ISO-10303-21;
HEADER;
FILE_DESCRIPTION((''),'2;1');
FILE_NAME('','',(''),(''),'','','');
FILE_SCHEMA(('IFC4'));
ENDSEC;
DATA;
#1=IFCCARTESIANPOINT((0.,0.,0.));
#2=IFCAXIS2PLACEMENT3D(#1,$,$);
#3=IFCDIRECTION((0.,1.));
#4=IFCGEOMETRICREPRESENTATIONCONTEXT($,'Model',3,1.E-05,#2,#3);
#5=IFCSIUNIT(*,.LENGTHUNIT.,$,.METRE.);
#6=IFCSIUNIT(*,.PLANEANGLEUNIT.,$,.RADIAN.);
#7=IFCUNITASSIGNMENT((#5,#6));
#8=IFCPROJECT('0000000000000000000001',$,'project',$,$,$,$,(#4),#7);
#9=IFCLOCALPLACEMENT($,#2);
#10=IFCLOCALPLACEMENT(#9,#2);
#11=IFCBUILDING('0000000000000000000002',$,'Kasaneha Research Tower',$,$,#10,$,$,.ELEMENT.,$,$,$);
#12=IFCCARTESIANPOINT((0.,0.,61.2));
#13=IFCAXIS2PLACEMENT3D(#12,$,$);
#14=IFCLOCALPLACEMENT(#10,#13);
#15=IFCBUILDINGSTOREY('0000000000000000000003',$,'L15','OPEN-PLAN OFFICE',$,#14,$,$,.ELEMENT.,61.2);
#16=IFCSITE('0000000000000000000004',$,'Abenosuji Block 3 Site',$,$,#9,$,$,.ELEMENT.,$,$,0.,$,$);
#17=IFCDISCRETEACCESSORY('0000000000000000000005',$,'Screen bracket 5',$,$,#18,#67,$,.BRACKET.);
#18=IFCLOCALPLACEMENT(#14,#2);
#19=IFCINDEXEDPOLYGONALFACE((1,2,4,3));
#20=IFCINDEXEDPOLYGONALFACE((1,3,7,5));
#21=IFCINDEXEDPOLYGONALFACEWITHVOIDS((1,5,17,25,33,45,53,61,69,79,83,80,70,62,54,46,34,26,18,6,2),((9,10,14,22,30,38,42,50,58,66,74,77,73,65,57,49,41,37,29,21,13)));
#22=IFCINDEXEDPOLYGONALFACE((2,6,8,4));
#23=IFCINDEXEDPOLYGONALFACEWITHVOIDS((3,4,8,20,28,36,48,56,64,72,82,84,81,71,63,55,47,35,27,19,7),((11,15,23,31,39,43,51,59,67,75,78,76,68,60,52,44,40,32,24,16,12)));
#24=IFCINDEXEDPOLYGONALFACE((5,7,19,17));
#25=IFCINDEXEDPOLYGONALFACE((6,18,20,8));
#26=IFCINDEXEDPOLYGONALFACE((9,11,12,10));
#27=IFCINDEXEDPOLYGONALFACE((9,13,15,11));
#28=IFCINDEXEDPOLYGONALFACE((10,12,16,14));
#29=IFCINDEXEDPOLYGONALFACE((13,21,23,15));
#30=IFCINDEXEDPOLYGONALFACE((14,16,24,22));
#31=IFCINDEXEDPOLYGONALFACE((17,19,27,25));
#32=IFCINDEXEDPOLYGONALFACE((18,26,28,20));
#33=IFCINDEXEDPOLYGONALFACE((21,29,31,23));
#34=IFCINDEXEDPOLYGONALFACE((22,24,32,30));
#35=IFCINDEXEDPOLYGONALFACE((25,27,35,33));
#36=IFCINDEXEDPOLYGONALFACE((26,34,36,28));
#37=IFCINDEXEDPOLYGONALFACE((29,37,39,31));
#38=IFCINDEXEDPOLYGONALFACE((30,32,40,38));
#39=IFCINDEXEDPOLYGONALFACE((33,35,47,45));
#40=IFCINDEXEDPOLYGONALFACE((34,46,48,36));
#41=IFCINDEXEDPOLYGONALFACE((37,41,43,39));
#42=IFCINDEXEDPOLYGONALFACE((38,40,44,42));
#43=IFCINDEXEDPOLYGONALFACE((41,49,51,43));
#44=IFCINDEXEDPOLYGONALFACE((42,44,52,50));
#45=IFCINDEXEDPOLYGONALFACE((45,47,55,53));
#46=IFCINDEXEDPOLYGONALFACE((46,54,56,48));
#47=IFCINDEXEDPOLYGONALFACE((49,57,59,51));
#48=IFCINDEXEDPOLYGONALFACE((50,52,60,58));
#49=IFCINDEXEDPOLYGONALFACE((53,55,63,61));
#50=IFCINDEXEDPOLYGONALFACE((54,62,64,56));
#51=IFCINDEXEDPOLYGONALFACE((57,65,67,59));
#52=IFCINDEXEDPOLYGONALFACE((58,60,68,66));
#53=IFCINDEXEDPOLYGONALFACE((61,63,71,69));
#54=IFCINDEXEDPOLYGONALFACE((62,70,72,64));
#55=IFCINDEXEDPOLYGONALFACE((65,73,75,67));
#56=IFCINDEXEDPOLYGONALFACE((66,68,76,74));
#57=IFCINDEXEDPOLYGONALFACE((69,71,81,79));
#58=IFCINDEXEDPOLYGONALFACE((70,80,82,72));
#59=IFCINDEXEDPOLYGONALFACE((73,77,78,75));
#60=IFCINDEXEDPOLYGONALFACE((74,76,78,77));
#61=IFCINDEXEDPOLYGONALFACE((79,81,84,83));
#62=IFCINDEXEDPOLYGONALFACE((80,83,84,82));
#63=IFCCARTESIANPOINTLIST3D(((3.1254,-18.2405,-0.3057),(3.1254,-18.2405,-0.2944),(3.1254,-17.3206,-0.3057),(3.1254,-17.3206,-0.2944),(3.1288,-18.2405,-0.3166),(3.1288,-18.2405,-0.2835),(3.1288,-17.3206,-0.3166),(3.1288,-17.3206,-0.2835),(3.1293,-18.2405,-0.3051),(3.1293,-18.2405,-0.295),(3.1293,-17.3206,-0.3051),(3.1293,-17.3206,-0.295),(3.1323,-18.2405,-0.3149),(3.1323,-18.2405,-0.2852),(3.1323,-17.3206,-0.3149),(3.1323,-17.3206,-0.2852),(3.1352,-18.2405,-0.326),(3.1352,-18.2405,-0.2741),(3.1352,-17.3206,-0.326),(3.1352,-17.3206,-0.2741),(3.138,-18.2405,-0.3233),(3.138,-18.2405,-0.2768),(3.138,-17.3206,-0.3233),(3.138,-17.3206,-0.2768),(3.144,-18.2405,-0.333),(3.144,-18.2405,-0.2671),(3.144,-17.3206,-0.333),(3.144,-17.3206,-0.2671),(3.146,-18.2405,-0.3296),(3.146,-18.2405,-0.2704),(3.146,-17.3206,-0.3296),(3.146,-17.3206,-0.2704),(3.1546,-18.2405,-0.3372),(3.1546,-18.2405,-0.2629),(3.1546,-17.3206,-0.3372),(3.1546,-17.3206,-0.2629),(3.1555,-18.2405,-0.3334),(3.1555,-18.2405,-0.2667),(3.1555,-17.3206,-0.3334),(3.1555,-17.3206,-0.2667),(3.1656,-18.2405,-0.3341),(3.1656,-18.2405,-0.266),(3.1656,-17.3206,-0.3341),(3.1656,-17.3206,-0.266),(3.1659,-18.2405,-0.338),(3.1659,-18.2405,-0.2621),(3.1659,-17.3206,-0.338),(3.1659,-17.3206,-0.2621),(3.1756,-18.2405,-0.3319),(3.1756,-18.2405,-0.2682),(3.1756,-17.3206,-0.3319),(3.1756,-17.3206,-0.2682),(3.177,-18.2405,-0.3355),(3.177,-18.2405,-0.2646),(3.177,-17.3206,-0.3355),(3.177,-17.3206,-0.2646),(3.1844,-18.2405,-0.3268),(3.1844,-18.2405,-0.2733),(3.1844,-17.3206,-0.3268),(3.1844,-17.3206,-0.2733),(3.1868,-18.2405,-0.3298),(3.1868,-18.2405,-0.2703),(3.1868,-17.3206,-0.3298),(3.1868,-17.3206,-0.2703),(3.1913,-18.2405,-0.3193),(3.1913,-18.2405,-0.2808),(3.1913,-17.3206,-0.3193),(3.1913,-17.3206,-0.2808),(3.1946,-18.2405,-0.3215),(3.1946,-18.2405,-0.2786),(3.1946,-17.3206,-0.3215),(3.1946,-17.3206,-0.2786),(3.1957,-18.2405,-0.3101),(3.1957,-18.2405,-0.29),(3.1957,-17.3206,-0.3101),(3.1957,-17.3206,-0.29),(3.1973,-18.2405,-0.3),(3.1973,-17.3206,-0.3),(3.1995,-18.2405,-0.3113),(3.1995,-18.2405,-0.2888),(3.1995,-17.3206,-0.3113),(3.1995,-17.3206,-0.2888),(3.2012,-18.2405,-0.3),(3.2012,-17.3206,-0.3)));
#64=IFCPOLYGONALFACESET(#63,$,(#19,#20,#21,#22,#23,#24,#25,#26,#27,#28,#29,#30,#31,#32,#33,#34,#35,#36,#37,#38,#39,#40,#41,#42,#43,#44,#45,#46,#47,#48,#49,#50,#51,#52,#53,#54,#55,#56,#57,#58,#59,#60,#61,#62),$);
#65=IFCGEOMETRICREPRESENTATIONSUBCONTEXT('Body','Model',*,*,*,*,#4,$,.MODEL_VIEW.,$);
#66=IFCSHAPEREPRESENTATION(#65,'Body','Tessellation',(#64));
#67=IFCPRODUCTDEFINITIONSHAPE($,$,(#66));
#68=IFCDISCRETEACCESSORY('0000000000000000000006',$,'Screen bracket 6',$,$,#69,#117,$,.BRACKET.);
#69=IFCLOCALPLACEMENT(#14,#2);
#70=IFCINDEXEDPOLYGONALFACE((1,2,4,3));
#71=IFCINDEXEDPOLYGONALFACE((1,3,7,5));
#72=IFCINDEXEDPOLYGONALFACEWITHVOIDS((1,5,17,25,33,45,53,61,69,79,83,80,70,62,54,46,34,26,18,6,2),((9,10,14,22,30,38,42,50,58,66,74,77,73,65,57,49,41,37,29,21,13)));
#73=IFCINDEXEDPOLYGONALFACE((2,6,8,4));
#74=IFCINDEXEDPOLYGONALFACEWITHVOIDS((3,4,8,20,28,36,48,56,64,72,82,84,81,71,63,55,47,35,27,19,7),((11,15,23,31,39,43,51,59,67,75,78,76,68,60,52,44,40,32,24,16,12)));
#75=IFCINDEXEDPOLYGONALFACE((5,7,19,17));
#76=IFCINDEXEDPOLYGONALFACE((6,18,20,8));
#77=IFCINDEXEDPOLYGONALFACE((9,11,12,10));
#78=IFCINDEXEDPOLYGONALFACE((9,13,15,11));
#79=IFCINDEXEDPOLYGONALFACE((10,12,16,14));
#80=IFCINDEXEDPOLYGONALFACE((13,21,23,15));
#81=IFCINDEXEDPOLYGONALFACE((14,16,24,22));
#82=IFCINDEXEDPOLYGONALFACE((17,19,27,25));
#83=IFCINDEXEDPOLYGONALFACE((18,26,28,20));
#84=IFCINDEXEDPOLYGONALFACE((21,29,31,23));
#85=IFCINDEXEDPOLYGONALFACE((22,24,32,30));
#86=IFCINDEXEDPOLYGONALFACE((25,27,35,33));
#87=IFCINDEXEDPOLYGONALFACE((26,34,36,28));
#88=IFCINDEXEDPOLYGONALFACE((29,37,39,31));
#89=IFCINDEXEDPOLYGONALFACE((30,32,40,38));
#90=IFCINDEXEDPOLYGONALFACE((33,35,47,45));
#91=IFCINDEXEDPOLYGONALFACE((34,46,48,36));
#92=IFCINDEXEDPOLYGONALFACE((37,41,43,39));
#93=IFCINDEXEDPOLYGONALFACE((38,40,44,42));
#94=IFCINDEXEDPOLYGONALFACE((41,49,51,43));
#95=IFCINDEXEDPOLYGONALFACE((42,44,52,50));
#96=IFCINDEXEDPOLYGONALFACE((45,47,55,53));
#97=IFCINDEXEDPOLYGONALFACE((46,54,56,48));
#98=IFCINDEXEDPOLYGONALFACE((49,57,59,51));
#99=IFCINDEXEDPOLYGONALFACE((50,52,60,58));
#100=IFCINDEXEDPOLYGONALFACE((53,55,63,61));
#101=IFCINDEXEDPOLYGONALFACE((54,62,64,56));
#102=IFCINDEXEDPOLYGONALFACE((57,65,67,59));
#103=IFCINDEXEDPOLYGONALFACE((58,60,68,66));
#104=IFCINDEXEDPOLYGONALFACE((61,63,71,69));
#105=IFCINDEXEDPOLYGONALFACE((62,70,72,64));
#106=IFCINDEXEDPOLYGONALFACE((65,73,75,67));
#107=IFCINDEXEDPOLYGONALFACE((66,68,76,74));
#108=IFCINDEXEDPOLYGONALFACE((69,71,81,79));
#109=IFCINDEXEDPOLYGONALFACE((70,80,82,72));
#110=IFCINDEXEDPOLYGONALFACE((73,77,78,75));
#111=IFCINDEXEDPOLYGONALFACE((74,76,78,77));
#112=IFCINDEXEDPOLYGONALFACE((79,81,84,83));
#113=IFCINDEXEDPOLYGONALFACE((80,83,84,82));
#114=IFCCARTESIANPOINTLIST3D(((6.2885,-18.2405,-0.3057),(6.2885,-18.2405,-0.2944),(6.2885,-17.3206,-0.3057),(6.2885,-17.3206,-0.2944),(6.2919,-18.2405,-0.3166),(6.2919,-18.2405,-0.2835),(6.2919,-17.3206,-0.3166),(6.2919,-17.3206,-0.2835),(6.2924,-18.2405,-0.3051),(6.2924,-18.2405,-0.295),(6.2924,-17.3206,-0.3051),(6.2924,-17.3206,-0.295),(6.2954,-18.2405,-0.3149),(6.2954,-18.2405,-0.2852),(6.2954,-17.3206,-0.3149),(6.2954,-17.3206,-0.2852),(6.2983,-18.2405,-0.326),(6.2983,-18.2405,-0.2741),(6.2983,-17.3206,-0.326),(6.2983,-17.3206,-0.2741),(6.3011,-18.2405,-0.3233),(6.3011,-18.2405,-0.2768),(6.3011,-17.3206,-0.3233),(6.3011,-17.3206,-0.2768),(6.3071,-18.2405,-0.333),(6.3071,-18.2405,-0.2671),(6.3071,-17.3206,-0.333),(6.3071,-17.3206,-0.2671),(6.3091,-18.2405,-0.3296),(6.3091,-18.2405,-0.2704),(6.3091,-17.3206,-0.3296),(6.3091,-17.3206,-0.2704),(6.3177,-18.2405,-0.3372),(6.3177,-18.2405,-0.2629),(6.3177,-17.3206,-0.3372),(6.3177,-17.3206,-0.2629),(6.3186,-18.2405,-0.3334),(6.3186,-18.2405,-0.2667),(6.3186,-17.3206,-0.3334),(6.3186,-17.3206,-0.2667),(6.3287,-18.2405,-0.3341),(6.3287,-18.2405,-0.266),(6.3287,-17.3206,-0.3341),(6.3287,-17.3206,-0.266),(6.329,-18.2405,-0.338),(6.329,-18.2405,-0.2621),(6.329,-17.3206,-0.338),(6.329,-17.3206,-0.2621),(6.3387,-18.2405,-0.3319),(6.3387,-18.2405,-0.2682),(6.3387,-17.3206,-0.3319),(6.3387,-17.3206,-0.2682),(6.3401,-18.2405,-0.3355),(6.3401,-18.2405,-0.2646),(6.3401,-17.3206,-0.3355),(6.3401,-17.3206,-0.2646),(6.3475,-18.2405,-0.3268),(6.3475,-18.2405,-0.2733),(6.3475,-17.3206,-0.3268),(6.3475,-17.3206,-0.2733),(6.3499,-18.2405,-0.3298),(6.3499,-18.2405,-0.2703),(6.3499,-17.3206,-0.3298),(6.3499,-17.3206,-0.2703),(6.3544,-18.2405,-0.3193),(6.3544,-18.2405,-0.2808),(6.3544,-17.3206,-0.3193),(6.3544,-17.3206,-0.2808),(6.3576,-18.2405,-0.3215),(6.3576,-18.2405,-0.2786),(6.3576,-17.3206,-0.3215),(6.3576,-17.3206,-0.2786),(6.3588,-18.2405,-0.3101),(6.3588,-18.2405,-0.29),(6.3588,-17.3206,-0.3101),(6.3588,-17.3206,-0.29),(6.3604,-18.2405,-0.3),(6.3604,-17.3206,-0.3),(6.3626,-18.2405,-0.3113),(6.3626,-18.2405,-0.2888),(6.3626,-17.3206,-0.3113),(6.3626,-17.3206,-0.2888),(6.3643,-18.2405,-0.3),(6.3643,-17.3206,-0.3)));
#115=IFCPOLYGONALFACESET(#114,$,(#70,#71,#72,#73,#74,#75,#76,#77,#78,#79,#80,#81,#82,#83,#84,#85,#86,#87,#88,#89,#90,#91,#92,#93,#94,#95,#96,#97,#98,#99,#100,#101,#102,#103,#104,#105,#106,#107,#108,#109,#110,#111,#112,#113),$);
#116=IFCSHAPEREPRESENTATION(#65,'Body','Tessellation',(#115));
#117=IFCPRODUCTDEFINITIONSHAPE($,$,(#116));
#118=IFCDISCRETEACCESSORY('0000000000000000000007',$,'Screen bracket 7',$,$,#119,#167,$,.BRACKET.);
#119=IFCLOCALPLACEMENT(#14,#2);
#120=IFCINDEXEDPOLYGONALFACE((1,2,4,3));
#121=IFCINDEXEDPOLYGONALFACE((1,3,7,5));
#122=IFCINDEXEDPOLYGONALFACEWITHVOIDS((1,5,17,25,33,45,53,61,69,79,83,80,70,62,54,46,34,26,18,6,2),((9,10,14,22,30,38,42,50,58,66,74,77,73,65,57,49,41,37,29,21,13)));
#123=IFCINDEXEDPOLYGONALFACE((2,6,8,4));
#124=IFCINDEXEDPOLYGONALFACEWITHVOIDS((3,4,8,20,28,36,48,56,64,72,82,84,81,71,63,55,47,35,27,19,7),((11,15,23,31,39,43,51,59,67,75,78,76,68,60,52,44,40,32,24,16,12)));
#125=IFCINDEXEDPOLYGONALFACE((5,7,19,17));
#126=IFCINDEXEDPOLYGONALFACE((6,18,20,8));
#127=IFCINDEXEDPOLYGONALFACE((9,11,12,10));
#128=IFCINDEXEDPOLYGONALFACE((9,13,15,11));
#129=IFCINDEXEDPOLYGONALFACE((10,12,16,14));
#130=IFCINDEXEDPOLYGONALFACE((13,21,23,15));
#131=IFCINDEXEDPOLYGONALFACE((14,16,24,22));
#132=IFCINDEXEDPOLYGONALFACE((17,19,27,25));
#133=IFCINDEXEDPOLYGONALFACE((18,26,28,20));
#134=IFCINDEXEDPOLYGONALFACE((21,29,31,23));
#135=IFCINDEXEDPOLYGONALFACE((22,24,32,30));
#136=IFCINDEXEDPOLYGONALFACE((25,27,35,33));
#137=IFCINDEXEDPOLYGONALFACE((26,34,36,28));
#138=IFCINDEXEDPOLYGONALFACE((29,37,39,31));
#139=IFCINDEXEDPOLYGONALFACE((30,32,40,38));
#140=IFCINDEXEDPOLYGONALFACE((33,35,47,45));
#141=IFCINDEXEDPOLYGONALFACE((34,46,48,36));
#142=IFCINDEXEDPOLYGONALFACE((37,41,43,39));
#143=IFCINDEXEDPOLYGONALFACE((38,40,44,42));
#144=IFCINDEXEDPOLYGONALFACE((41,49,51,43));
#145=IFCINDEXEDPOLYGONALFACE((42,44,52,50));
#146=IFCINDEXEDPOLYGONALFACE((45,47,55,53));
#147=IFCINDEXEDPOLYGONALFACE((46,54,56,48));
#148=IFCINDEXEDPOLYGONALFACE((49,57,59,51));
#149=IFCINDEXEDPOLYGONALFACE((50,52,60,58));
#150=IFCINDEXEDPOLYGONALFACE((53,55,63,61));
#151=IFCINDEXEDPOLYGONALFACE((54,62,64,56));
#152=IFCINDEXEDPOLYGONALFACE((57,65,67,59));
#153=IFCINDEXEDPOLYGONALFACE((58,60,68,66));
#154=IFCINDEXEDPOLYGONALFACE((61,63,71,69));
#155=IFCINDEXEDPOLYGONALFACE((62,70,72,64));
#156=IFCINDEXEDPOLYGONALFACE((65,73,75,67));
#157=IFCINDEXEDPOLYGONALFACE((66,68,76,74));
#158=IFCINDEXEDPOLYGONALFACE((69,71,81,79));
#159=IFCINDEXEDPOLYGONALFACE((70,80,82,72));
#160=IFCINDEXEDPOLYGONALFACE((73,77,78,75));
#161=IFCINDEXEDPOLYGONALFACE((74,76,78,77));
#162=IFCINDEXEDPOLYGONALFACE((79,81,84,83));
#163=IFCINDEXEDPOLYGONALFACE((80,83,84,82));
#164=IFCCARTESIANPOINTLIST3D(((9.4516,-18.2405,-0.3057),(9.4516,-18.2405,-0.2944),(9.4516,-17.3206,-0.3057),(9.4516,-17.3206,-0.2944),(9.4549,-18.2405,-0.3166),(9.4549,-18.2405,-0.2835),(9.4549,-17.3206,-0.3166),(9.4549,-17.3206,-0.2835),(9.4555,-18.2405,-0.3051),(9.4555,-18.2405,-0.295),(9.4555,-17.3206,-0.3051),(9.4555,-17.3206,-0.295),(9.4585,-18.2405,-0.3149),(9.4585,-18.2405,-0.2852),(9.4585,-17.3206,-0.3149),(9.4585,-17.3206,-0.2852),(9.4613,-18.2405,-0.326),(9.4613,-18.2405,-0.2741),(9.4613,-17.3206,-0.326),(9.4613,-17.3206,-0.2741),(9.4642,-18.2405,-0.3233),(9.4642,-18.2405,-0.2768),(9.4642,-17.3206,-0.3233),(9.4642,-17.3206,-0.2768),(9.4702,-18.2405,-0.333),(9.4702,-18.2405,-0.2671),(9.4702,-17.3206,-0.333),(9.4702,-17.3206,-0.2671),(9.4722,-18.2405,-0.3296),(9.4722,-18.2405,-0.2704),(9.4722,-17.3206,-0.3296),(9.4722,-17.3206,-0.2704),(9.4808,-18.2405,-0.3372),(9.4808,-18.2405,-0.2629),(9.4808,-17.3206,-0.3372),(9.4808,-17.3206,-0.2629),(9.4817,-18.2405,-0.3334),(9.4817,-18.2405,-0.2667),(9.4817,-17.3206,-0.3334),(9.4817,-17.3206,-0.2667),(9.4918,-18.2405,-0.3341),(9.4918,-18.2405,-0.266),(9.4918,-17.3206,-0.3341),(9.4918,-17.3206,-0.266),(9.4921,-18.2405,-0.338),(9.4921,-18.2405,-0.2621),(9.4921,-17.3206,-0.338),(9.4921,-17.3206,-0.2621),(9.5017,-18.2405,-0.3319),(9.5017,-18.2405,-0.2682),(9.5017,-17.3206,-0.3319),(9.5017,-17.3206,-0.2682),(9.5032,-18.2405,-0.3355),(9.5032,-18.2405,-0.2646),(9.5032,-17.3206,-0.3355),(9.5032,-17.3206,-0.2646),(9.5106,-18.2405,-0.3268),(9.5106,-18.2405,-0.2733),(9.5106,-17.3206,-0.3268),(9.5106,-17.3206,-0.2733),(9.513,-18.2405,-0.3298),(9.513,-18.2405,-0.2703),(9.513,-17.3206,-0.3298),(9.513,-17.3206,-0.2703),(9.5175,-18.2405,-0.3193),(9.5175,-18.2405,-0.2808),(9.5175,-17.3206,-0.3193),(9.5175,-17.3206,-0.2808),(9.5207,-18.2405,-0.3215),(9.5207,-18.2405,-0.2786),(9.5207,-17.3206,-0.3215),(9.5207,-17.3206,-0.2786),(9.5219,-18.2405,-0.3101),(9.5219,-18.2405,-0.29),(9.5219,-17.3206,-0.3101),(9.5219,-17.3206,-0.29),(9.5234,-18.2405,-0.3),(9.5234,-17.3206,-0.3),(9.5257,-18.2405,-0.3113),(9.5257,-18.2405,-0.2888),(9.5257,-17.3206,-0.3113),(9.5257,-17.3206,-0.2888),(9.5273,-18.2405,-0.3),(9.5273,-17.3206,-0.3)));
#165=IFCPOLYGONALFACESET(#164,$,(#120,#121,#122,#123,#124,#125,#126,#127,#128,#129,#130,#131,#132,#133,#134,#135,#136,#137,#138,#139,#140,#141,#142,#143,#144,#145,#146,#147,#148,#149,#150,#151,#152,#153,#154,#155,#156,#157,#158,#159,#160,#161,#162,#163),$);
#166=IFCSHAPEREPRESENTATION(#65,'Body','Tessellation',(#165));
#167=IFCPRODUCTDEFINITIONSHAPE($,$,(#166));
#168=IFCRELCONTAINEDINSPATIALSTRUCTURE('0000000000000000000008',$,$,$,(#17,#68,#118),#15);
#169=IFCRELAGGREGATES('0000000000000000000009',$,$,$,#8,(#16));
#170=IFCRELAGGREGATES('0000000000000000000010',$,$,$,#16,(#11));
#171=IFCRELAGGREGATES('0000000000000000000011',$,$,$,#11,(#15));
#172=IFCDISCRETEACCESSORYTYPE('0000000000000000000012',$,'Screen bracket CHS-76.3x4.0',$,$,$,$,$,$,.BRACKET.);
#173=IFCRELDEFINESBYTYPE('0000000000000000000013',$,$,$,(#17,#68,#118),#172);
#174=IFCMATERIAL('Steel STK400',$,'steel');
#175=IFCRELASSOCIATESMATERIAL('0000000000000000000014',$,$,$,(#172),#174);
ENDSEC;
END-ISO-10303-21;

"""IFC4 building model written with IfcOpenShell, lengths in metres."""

from ifc_helpers import new_model, si_unit, direction, frame, origin, origin_2d, place, context, subcontext, project, spatial, hollow_circle, extrude, material, material_profile, profile_set, type_object, element, save


model = new_model("IFC4")

# Units and contexts
model_context = context("Model", 3, precision=1e-05, world=origin(), true_north=direction((0.0, 1.0)))
body_context = subcontext(model_context, "Body", "Model", "MODEL_VIEW")
ifc_project = project(units=[si_unit("LENGTHUNIT", "METRE"), si_unit("PLANEANGLEUNIT", "RADIAN")], contexts=[model_context])

# Site, building, storey
site_placement = place(None, origin())
site = spatial("IfcSite", under=ifc_project, at=site_placement, Name="Abenosuji Block 3 Site", CompositionType="ELEMENT", RefElevation=0.0)
building_placement = place(site_placement, origin())
building = spatial("IfcBuilding", under=site, at=building_placement, Name="Kasaneha Research Tower", CompositionType="ELEMENT")
storey_placement = place(building_placement, frame((0.0, 0.0, 61.2)))
storey = spatial("IfcBuildingStorey", under=building, at=storey_placement, Name="L15", Description="OPEN-PLAN OFFICE", CompositionType="ELEMENT", Elevation=61.2)

# Discrete accessories
ifc_material_1 = material(Name="Steel STK400", Category="steel")
ifc_material_profile_1 = material_profile(ifc_material_1, hollow_circle(Radius=0.0381, WallThickness=0.0039, at=origin_2d()), Name="CHS-76.3x4.0")
ifc_profile_set_1 = profile_set([ifc_material_profile_1], Name="Steel STK400")
discrete_accessory_type = type_object("IfcDiscreteAccessoryType", Name="Screen bracket CHS-76.3x4.0", PredefinedType="BRACKET", material=ifc_profile_set_1)
for number, where, z_axis, x_axis, name in (
    (1, (3.1631, -17.3206, -0.3), (0.0, -1.0, 0.0), (1.0, 0.0, 0.0), "Screen bracket 5"),
    (2, (6.3262, -17.3206, -0.3), (0.0, -1.0, 0.0), (1.0, 0.0, 0.0), "Screen bracket 6"),
    (3, (9.4893, -17.3206, -0.3), (0.0, -1.0, 0.0), (1.0, 0.0, 0.0), "Screen bracket 7"),
):
    element("IfcDiscreteAccessory", number, at=place(storey_placement, frame(where, z_axis=z_axis, x_axis=x_axis)), inside=storey, type_object=discrete_accessory_type, Name=name, PredefinedType="BRACKET", context=body_context, shape_type="SweptSolid", body=[
        extrude(hollow_circle(Radius=0.0381, WallThickness=0.0039, at=origin_2d()), origin(), (0.0, 0.0, 1.0), 0.9199),
    ])

save(model, "model.ifc")
